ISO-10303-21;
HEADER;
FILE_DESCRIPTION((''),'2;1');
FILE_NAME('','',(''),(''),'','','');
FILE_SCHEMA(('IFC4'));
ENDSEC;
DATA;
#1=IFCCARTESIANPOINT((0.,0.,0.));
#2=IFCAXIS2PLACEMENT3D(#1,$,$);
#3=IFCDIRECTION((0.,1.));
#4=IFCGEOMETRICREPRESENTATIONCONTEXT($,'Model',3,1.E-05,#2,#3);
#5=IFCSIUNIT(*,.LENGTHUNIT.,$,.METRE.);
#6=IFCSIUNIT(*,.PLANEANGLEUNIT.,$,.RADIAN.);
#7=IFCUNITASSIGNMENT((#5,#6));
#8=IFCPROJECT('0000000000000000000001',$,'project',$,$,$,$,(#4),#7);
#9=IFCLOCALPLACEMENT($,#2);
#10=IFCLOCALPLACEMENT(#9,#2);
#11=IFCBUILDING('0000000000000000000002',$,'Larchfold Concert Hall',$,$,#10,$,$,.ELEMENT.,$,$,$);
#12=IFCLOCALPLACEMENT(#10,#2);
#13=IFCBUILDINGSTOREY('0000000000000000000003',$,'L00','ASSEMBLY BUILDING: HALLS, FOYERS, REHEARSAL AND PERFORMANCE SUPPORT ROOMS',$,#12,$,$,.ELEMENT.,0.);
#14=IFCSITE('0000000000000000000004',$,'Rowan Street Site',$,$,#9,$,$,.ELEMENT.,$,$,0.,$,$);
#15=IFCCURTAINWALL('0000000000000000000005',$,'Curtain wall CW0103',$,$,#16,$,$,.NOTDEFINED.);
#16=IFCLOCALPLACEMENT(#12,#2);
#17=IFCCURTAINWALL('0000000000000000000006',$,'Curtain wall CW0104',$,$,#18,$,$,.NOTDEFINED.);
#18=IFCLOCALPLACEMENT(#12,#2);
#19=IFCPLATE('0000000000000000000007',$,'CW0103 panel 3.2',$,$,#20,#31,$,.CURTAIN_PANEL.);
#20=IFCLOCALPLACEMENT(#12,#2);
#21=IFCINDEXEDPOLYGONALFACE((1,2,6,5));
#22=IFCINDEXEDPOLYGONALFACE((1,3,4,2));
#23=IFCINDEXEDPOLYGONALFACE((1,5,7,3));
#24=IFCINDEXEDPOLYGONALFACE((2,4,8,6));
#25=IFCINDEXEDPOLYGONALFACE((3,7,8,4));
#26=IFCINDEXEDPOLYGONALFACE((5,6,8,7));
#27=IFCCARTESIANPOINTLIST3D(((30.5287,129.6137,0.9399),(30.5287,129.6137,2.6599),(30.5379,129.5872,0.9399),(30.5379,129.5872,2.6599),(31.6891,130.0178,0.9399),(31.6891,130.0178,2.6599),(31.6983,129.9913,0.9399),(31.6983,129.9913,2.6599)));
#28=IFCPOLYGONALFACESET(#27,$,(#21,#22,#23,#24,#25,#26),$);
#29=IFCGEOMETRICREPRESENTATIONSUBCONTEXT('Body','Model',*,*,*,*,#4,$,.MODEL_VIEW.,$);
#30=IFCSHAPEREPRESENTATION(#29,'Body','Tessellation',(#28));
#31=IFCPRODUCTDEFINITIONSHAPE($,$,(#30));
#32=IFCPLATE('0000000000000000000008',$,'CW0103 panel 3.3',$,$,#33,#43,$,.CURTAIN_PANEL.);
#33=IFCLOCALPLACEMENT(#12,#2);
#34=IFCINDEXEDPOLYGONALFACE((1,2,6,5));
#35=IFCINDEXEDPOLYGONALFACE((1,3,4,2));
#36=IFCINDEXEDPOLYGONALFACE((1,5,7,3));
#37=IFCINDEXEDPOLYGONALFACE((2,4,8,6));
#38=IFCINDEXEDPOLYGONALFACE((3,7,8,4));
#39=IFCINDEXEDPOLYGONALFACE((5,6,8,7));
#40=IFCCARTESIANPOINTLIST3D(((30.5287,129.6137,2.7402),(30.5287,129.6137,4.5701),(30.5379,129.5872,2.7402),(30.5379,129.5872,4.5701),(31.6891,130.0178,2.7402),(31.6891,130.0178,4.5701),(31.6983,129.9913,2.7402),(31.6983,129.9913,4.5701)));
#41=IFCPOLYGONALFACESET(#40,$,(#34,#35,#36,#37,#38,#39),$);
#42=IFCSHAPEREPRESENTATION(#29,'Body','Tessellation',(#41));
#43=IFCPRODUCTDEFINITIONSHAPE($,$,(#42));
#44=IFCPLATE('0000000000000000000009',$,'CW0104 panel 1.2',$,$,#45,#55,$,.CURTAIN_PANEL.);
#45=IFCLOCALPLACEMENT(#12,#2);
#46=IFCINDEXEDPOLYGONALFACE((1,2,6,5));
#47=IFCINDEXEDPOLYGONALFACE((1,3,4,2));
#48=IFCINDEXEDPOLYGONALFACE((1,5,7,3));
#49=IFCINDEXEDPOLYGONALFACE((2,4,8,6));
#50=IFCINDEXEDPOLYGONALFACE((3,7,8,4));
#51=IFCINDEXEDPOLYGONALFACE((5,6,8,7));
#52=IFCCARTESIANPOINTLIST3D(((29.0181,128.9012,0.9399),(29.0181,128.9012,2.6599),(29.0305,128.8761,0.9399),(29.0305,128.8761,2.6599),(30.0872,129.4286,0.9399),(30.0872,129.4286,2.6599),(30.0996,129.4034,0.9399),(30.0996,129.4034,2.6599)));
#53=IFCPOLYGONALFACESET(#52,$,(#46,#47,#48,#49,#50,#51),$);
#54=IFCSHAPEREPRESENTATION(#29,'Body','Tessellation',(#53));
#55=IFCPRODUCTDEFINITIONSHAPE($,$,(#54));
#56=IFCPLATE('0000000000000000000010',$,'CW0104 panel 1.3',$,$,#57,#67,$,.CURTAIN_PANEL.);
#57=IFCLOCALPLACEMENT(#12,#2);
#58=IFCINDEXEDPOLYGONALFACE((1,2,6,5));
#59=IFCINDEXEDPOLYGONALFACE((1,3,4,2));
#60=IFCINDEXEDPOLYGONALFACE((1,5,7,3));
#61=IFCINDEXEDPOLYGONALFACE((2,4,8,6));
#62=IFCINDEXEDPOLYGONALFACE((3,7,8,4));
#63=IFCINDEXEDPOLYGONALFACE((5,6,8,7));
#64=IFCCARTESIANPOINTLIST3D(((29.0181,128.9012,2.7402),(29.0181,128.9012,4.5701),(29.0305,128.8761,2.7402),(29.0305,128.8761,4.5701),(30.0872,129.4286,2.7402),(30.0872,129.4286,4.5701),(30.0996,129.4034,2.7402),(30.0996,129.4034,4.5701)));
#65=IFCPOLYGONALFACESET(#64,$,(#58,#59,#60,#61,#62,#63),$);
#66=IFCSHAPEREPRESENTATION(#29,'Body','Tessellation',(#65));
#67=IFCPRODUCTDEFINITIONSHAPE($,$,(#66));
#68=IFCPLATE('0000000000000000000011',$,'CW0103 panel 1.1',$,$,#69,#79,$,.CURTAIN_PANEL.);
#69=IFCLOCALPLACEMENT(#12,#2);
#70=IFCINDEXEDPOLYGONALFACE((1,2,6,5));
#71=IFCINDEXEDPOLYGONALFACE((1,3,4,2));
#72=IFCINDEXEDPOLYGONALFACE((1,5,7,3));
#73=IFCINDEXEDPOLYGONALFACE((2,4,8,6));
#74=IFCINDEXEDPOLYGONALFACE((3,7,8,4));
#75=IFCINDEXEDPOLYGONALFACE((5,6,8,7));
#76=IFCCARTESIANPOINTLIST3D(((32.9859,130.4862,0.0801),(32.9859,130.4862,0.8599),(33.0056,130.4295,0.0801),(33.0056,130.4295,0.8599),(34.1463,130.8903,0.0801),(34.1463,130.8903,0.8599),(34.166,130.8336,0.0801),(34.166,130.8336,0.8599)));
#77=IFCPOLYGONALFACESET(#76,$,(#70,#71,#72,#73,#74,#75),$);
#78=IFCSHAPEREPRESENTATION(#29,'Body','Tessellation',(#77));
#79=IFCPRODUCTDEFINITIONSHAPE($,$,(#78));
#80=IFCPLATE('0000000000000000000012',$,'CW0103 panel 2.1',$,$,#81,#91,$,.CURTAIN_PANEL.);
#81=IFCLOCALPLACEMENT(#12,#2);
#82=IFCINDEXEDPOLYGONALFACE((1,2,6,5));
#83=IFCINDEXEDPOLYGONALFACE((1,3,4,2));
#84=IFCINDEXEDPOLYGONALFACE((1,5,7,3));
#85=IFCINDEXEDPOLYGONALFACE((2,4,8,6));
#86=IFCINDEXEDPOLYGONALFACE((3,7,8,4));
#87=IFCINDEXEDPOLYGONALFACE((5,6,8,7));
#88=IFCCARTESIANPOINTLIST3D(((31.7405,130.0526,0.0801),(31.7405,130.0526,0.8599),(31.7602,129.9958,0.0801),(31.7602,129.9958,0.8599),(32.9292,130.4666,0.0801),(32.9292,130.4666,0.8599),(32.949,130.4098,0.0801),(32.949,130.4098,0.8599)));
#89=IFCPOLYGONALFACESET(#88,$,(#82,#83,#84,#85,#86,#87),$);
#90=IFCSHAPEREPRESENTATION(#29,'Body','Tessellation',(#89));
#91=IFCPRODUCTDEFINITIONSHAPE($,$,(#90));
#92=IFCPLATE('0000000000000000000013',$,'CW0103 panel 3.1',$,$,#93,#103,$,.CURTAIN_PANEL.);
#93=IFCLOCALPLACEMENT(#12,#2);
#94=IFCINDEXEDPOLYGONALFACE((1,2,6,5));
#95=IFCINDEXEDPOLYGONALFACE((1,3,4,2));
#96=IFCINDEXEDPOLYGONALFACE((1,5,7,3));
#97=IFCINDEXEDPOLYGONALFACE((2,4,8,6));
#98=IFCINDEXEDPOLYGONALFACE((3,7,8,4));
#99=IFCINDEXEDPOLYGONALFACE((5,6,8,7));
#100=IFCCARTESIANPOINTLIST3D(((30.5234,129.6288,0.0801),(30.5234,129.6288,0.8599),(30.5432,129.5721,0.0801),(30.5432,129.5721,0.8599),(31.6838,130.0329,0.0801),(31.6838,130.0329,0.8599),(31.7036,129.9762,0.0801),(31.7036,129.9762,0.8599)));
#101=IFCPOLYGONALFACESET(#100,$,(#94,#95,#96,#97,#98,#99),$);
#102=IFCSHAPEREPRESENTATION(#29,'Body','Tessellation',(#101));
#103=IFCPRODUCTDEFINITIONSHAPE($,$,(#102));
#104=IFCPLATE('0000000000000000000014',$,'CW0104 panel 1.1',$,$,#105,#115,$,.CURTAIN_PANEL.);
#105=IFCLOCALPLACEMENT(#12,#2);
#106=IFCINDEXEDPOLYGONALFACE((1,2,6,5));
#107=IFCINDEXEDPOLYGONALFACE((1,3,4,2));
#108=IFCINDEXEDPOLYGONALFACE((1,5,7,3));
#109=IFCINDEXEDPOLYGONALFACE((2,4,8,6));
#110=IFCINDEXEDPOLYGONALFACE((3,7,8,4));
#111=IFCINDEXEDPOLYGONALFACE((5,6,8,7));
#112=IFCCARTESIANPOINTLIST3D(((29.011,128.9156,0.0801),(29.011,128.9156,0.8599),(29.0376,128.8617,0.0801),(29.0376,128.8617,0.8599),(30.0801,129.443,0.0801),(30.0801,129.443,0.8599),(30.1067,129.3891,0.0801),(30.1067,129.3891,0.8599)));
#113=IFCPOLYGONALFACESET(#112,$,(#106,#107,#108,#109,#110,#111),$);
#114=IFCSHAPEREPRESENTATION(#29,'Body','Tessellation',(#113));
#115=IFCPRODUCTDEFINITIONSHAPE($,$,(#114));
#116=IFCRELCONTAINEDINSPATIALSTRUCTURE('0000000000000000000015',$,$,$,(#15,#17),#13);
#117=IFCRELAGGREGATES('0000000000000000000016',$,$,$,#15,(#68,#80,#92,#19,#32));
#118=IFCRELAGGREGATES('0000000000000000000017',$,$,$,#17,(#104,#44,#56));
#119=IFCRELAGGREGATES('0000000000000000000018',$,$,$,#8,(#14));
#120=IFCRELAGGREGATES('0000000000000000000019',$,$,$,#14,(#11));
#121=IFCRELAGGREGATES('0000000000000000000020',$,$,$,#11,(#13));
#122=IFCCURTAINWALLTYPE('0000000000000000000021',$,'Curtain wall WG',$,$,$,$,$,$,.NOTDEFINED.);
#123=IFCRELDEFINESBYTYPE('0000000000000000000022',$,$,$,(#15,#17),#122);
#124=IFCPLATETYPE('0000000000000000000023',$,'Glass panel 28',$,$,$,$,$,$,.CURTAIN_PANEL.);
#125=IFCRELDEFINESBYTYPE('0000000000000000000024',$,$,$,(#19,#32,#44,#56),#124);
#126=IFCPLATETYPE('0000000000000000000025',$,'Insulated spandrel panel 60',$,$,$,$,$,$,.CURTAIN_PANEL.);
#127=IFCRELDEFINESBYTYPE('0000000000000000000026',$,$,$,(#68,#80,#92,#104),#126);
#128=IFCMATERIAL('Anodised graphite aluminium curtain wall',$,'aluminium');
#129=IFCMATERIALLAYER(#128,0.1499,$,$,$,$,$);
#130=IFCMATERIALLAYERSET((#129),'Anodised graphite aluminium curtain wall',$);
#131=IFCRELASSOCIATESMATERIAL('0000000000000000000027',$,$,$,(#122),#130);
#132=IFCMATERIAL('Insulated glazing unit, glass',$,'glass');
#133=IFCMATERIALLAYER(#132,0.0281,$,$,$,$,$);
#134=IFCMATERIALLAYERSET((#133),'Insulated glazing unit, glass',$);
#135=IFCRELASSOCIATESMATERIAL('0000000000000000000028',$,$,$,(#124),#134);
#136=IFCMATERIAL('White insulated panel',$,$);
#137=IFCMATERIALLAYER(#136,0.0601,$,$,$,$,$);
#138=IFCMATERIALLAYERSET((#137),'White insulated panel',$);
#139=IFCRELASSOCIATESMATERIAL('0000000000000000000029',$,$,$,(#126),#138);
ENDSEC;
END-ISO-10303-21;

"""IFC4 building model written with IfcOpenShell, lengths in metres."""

from ifc_helpers import new_model, si_unit, direction, frame, origin, origin_2d, place, context, subcontext, project, spatial, rectangle, extrude, material, layer, layer_set, type_object, element, aggregate, save


model = new_model("IFC4")

# Units and contexts
model_context = context("Model", 3, precision=1e-05, world=origin(), true_north=direction((0.0, 1.0)))
body_context = subcontext(model_context, "Body", "Model", "MODEL_VIEW")
ifc_project = project(units=[si_unit("LENGTHUNIT", "METRE"), si_unit("PLANEANGLEUNIT", "RADIAN")], contexts=[model_context])

# Site, building, storey
site_placement = place(None, origin())
site = spatial("IfcSite", under=ifc_project, at=site_placement, Name="Rowan Street Site", CompositionType="ELEMENT", RefElevation=0.0)
building_placement = place(site_placement, origin())
building = spatial("IfcBuilding", under=site, at=building_placement, Name="Larchfold Concert Hall", CompositionType="ELEMENT")
storey_placement = place(building_placement, origin())
storey = spatial("IfcBuildingStorey", under=building, at=storey_placement, Name="L00", Description="ASSEMBLY BUILDING: HALLS, FOYERS, REHEARSAL AND PERFORMANCE SUPPORT ROOMS", CompositionType="ELEMENT", Elevation=0.0)

# Curtain walls
ifc_material_1 = material(Name="Anodised graphite aluminium curtain wall", Category="aluminium")
ifc_layer_1 = layer(ifc_material_1, 0.1499)
ifc_layer_set_1 = layer_set([ifc_layer_1], Name="Anodised graphite aluminium curtain wall")
curtain_wall_type = type_object("IfcCurtainWallType", Name="Curtain wall WG", PredefinedType="NOTDEFINED", material=ifc_layer_set_1)
curtain_wall_1_placement = place(storey_placement, origin())
curtain_wall_1 = element("IfcCurtainWall", 1, at=curtain_wall_1_placement, inside=storey, type_object=curtain_wall_type, Name="Curtain wall CW0103", PredefinedType="NOTDEFINED")
curtain_wall_2_placement = place(storey_placement, origin())
curtain_wall_2 = element("IfcCurtainWall", 2, at=curtain_wall_2_placement, inside=storey, type_object=curtain_wall_type, Name="Curtain wall CW0104", PredefinedType="NOTDEFINED")

# Plates
ifc_material_2 = material(Name="Insulated glazing unit, glass", Category="glass")
ifc_layer_2 = layer(ifc_material_2, 0.0281)
ifc_layer_set_2 = layer_set([ifc_layer_2], Name="Insulated glazing unit, glass")
plate_type_1 = type_object("IfcPlateType", Name="Glass panel 28", PredefinedType="CURTAIN_PANEL", material=ifc_layer_set_2)
plate_1_placement = place(storey_placement, frame((31.1135, 129.8025, 0.9399), z_axis=(0.0, 0.0, 1.0), x_axis=(-0.944365, -0.328899, 0.0)))
plate_1 = element("IfcPlate", 3, at=plate_1_placement, type_object=plate_type_1, Name="CW0103 panel 3.2", PredefinedType="CURTAIN_PANEL", context=body_context, shape_type="SweptSolid", body=[
    extrude(rectangle(XDim=1.2288, YDim=0.0281, at=origin_2d()), origin(), (0.0, 0.0, 1.0), 1.72),
])
plate_2_placement = place(storey_placement, frame((31.1135, 129.8025, 2.7402), z_axis=(0.0, 0.0, 1.0), x_axis=(-0.944365, -0.328899, 0.0)))
plate_2 = element("IfcPlate", 4, at=plate_2_placement, type_object=plate_type_1, Name="CW0103 panel 3.3", PredefinedType="CURTAIN_PANEL", context=body_context, shape_type="SweptSolid", body=[
    extrude(rectangle(XDim=1.2288, YDim=0.0281, at=origin_2d()), origin(), (0.0, 0.0, 1.0), 1.8298),
])
plate_3_placement = place(storey_placement, frame((29.5588, 129.1523, 0.9399), z_axis=(0.0, 0.0, 1.0), x_axis=(-0.896826, -0.442383, 0.0)))
plate_3 = element("IfcPlate", 5, at=plate_3_placement, type_object=plate_type_1, Name="CW0104 panel 1.2", PredefinedType="CURTAIN_PANEL", context=body_context, shape_type="SweptSolid", body=[
    extrude(rectangle(XDim=1.1921, YDim=0.0281, at=origin_2d()), origin(), (0.0, 0.0, 1.0), 1.72),
])
plate_4_placement = place(storey_placement, frame((29.5588, 129.1523, 2.7402), z_axis=(0.0, 0.0, 1.0), x_axis=(-0.896826, -0.442383, 0.0)))
plate_4 = element("IfcPlate", 6, at=plate_4_placement, type_object=plate_type_1, Name="CW0104 panel 1.3", PredefinedType="CURTAIN_PANEL", context=body_context, shape_type="SweptSolid", body=[
    extrude(rectangle(XDim=1.1921, YDim=0.0281, at=origin_2d()), origin(), (0.0, 0.0, 1.0), 1.8298),
])
ifc_material_3 = material(Name="White insulated panel")
ifc_layer_3 = layer(ifc_material_3, 0.0601)
ifc_layer_set_3 = layer_set([ifc_layer_3], Name="White insulated panel")
plate_type_2 = type_object("IfcPlateType", Name="Insulated spandrel panel 60", PredefinedType="CURTAIN_PANEL", material=ifc_layer_set_3)
plate_5_placement = place(storey_placement, frame((33.5759, 130.6599, 0.0801), z_axis=(0.0, 0.0, 1.0), x_axis=(-0.944365, -0.328899, 0.0)))
plate_5 = element("IfcPlate", 7, at=plate_5_placement, type_object=plate_type_2, Name="CW0103 panel 1.1", PredefinedType="CURTAIN_PANEL", context=body_context, shape_type="SweptSolid", body=[
    extrude(rectangle(XDim=1.2288, YDim=0.0601, at=origin_2d()), origin(), (0.0, 0.0, 1.0), 0.7798),
])
plate_6_placement = place(storey_placement, frame((32.3447, 130.2312, 0.0801), z_axis=(0.0, 0.0, 1.0), x_axis=(-0.944365, -0.328899, 0.0)))
plate_6 = element("IfcPlate", 8, at=plate_6_placement, type_object=plate_type_2, Name="CW0103 panel 2.1", PredefinedType="CURTAIN_PANEL", context=body_context, shape_type="SweptSolid", body=[
    extrude(rectangle(XDim=1.2588, YDim=0.0601, at=origin_2d()), origin(), (0.0, 0.0, 1.0), 0.7798),
])
plate_7_placement = place(storey_placement, frame((31.1135, 129.8025, 0.0801), z_axis=(0.0, 0.0, 1.0), x_axis=(-0.944365, -0.328899, 0.0)))
plate_7 = element("IfcPlate", 9, at=plate_7_placement, type_object=plate_type_2, Name="CW0103 panel 3.1", PredefinedType="CURTAIN_PANEL", context=body_context, shape_type="SweptSolid", body=[
    extrude(rectangle(XDim=1.2288, YDim=0.0601, at=origin_2d()), origin(), (0.0, 0.0, 1.0), 0.7798),
])
aggregate(curtain_wall_1, [plate_5, plate_6, plate_7, plate_1, plate_2])
plate_8_placement = place(storey_placement, frame((29.5588, 129.1523, 0.0801), z_axis=(0.0, 0.0, 1.0), x_axis=(-0.896826, -0.442383, 0.0)))
plate_8 = element("IfcPlate", 10, at=plate_8_placement, type_object=plate_type_2, Name="CW0104 panel 1.1", PredefinedType="CURTAIN_PANEL", context=body_context, shape_type="SweptSolid", body=[
    extrude(rectangle(XDim=1.1921, YDim=0.0601, at=origin_2d()), origin(), (0.0, 0.0, 1.0), 0.7798),
])
aggregate(curtain_wall_2, [plate_8, plate_3, plate_4])

save(model, "model.ifc")
